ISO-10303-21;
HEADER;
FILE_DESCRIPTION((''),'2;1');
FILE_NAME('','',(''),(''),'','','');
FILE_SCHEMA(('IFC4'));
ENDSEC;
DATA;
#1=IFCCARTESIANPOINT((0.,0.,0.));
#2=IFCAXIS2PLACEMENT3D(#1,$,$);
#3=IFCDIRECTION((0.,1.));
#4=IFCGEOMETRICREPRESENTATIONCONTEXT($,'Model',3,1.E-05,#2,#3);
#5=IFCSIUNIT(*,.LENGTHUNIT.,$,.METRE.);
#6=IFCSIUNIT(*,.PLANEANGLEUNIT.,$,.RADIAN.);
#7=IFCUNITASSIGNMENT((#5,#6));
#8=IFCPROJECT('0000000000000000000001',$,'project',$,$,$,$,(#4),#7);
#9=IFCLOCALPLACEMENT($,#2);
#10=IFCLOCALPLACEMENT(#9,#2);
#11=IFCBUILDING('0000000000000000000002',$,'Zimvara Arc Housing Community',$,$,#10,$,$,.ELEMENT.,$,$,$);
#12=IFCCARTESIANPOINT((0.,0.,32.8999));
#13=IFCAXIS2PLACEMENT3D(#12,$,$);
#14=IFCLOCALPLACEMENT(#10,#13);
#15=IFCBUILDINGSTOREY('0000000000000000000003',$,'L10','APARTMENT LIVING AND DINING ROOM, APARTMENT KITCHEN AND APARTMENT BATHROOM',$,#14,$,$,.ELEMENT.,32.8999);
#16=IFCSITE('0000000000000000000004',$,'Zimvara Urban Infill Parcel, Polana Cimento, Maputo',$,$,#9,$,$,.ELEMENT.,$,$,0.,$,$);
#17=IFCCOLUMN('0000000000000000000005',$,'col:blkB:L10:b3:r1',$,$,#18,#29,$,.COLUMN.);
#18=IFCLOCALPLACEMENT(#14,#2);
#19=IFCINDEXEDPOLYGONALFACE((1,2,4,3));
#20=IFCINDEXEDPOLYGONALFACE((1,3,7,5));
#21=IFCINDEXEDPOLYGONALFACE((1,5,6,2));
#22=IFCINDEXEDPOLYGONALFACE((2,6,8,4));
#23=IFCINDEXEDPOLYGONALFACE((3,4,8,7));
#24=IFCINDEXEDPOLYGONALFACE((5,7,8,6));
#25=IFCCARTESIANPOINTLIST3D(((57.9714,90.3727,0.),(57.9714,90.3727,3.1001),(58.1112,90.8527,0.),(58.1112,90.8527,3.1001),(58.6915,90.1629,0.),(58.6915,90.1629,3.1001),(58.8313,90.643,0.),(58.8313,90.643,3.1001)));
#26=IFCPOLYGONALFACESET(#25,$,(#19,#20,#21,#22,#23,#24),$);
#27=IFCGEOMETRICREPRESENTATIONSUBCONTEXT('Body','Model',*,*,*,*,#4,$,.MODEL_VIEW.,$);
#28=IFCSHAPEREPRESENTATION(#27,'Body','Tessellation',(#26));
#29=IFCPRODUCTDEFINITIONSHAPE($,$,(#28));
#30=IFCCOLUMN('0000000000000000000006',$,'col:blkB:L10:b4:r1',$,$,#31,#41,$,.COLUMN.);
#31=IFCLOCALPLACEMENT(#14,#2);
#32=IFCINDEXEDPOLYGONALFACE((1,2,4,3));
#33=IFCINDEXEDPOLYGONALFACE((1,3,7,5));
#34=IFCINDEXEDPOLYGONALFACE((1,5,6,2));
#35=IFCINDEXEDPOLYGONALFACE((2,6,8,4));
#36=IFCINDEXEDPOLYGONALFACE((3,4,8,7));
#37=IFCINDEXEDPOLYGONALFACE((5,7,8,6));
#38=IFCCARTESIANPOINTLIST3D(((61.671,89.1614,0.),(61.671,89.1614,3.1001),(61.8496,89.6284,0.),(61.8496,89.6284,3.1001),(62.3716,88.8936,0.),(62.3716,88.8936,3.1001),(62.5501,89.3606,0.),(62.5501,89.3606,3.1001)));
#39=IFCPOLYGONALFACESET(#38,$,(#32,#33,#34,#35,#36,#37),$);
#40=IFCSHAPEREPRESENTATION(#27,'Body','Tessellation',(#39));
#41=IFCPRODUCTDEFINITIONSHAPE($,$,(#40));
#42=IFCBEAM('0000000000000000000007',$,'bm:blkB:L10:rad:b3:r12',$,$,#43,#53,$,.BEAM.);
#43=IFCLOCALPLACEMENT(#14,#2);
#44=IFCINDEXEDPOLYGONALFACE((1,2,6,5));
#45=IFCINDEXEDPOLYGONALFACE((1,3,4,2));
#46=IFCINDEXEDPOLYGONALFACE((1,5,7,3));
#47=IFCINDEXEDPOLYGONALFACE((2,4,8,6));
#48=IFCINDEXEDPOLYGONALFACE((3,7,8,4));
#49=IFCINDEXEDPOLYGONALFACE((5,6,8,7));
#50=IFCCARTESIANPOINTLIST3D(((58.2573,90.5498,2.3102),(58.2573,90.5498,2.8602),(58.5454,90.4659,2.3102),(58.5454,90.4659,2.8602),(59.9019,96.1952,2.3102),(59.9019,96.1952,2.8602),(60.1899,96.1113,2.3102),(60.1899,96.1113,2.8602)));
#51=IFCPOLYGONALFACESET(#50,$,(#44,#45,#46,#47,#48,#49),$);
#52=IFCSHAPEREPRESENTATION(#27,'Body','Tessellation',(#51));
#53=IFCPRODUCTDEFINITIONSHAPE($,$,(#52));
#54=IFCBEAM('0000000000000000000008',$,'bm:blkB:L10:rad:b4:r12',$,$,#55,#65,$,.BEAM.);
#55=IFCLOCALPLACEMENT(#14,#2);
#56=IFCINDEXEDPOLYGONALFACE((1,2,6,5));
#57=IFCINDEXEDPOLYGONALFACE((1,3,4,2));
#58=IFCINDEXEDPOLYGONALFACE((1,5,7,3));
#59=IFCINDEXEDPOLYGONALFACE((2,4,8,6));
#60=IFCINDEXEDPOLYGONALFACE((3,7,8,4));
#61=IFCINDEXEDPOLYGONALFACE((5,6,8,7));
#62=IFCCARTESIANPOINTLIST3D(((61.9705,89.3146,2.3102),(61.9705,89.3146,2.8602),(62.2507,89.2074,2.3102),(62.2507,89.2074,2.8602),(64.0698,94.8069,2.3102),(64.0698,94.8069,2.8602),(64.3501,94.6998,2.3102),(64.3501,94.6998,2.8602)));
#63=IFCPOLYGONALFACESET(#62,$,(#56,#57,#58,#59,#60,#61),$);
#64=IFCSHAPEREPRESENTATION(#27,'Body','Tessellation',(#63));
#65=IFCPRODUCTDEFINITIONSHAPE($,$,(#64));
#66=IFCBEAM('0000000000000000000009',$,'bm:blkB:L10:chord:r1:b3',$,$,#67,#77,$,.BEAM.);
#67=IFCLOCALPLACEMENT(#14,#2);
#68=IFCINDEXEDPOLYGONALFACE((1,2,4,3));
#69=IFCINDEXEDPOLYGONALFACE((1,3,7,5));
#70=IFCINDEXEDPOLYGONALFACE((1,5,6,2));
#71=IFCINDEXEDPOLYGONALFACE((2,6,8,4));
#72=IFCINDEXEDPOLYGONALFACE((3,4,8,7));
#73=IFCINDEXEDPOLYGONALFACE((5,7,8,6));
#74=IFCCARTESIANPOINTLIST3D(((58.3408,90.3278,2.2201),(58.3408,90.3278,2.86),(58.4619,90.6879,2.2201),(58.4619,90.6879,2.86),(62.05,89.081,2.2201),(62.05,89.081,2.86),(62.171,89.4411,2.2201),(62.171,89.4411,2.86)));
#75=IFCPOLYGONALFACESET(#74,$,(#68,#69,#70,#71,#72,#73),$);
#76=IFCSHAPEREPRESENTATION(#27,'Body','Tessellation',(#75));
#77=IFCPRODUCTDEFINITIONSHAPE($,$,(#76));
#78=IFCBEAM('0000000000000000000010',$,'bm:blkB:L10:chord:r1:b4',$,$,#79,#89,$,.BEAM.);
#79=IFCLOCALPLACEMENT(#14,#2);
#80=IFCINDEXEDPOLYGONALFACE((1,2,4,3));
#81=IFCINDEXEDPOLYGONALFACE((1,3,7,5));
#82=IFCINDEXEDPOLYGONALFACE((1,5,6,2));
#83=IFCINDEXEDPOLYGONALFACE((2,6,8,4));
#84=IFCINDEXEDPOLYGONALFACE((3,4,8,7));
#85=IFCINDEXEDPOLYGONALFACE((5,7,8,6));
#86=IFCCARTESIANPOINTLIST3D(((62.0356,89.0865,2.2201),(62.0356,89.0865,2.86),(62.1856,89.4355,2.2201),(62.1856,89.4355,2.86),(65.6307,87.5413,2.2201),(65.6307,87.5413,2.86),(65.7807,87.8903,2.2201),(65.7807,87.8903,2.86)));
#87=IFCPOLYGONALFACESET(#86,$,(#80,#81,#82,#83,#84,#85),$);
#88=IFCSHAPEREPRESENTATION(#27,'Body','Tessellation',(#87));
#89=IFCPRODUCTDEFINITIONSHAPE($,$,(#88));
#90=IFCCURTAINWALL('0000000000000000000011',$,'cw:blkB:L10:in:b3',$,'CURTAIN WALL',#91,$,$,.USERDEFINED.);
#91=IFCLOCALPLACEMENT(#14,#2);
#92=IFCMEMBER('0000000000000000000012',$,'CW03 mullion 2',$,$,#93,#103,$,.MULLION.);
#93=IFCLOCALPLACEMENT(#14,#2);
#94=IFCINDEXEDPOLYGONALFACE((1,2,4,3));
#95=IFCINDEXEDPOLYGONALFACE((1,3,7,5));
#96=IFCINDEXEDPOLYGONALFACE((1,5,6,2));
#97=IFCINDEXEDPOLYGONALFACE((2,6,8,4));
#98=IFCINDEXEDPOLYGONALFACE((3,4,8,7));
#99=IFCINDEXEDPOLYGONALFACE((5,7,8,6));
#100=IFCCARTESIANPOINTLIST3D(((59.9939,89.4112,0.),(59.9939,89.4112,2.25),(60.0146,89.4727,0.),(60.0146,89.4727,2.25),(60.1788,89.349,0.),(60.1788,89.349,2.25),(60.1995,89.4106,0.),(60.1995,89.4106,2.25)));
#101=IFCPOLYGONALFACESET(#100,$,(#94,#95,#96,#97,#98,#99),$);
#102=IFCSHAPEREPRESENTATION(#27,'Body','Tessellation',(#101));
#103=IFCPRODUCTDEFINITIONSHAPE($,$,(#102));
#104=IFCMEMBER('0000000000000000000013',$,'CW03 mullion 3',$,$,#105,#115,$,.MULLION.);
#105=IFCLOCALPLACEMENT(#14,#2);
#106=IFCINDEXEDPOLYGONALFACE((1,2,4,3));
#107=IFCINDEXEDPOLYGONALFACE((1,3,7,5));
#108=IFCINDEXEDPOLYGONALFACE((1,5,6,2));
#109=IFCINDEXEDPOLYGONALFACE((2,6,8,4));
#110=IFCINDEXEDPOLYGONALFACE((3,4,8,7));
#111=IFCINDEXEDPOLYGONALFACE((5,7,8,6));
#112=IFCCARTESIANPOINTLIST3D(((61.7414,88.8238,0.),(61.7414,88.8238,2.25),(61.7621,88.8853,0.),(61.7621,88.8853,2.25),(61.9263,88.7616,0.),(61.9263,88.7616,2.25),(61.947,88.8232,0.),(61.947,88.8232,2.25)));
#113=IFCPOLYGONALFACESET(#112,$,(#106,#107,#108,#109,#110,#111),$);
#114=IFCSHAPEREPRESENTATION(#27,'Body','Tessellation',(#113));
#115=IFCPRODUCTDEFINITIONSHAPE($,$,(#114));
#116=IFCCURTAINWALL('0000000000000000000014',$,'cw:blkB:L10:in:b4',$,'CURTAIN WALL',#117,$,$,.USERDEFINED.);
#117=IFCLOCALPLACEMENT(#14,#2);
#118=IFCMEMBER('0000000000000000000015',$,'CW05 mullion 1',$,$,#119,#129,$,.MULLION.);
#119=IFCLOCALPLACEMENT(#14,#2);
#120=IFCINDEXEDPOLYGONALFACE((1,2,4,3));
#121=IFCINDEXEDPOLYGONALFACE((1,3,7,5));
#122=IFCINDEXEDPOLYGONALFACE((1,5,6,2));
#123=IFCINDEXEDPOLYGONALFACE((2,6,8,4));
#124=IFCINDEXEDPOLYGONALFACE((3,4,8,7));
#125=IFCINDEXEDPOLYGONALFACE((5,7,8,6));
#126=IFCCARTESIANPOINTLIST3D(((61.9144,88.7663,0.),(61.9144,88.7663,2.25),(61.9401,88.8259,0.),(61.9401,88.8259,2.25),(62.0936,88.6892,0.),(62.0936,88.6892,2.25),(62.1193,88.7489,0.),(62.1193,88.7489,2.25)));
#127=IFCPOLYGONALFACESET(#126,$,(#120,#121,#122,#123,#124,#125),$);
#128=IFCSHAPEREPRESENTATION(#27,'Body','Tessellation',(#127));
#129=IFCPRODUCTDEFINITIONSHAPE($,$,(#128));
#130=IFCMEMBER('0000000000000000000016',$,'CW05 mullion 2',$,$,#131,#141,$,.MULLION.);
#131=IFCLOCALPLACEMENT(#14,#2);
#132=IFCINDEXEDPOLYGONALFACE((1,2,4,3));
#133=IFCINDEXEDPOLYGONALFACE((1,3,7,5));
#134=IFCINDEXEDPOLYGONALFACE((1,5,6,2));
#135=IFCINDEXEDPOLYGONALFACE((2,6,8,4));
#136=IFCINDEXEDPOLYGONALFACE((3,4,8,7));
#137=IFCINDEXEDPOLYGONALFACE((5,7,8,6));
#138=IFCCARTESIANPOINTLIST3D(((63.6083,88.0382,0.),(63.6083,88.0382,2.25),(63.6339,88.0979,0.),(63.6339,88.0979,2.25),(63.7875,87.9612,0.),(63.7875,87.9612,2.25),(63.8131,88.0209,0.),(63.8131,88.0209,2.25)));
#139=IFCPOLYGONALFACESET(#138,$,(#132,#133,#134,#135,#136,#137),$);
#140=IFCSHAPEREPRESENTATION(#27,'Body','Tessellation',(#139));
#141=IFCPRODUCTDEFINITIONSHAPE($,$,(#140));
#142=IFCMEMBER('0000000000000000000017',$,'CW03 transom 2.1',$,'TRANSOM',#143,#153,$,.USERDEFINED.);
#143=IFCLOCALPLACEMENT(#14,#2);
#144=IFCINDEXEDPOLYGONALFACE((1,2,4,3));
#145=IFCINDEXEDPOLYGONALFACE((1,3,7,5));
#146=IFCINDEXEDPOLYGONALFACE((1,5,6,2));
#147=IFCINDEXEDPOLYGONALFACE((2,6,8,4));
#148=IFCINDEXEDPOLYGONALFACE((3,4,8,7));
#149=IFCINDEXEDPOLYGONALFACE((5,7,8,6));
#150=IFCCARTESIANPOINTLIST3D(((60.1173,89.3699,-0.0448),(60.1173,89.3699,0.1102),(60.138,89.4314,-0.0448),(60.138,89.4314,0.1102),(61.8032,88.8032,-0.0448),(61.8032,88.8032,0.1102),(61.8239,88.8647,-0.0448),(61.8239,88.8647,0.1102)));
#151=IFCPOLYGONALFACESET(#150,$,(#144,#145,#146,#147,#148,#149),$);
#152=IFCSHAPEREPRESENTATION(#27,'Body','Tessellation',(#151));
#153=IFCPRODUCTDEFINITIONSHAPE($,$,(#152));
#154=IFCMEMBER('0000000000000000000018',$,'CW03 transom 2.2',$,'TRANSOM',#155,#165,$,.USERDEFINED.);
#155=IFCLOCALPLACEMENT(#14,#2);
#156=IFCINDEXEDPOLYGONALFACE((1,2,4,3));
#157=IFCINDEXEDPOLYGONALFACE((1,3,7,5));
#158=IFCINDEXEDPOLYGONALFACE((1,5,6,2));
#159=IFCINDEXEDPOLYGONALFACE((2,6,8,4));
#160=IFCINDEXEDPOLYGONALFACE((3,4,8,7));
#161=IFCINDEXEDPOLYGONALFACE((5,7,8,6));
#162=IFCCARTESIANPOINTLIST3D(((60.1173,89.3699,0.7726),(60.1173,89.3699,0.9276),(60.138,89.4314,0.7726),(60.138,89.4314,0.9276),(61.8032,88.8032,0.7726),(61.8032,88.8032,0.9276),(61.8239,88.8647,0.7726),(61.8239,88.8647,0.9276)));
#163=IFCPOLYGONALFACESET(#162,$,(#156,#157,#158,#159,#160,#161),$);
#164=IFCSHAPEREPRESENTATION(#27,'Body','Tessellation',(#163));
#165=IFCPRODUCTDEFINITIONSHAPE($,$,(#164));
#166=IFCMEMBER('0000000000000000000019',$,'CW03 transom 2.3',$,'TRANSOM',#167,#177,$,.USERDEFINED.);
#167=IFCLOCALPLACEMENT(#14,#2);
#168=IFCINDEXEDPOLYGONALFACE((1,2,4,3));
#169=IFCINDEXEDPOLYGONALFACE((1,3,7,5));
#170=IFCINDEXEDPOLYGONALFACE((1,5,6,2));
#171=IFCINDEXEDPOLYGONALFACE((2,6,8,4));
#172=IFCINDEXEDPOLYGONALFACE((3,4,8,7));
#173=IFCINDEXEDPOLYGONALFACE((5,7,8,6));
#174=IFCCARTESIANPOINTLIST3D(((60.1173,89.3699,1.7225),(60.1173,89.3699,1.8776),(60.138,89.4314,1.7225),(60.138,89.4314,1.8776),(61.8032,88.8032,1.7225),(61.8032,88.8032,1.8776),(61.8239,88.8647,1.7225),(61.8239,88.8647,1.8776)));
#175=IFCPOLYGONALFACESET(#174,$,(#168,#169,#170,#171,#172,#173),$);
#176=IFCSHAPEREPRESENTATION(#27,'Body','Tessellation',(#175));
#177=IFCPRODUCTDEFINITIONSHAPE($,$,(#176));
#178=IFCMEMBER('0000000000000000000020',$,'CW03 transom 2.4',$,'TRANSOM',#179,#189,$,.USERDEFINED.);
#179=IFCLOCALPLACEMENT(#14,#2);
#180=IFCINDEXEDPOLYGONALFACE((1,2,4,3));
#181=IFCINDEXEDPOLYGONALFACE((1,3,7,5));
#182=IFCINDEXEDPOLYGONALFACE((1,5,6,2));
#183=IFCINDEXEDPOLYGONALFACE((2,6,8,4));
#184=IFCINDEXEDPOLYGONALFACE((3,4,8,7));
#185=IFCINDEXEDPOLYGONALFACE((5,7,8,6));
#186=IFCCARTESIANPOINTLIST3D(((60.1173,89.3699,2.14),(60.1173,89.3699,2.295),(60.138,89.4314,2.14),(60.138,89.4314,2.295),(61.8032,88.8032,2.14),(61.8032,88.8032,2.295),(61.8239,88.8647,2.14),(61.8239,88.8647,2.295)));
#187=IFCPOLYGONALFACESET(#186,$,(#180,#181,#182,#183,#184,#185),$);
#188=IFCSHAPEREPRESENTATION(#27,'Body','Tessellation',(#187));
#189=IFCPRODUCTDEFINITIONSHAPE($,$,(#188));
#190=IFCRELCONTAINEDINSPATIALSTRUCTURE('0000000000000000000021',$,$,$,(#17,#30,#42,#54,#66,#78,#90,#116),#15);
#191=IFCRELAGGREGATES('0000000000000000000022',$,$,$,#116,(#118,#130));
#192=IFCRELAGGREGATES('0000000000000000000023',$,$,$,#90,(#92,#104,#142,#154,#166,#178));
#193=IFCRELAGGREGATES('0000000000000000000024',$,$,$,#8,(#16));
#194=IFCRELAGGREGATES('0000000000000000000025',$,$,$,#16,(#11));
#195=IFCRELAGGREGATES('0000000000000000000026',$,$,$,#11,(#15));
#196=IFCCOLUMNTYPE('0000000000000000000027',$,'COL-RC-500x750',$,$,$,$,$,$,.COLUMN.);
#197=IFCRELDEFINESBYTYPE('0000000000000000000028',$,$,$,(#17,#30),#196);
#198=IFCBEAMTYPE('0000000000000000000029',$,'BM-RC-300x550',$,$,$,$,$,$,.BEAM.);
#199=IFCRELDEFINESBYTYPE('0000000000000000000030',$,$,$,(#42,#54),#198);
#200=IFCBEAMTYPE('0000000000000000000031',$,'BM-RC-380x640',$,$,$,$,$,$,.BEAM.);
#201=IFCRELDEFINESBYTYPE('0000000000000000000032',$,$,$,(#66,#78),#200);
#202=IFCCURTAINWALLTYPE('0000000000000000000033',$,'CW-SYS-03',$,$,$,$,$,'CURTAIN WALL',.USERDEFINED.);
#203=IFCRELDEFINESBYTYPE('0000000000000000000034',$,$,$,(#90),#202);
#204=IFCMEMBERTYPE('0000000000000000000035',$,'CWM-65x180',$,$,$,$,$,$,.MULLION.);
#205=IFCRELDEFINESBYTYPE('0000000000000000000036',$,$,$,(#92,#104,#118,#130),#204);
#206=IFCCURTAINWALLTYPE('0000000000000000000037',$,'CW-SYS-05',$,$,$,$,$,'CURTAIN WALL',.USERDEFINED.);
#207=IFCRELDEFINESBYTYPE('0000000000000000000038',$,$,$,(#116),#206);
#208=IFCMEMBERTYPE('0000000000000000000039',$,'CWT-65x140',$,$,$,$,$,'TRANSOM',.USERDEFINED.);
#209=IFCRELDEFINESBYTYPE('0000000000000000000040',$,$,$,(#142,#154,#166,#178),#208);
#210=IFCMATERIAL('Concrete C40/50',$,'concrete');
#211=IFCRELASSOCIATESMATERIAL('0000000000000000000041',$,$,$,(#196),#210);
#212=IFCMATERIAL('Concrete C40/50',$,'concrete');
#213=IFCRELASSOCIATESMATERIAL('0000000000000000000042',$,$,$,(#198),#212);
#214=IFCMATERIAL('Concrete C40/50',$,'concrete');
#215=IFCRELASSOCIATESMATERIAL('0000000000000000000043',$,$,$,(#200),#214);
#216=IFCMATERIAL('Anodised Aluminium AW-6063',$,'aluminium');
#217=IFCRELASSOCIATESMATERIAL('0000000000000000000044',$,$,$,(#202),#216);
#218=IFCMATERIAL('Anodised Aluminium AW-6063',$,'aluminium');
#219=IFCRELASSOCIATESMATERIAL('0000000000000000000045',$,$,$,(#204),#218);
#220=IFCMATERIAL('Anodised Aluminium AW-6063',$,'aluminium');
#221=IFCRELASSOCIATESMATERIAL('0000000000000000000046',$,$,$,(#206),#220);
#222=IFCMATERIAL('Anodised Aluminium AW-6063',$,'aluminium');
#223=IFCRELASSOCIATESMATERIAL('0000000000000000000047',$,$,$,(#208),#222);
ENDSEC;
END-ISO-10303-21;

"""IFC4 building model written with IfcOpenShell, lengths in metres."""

from ifc_helpers import new_model, si_unit, direction, frame, origin, origin_2d, place, context, subcontext, project, spatial, rectangle, extrude, material, material_profile, profile_set, type_object, element, aggregate, save


model = new_model("IFC4")

# Units and contexts
model_context = context("Model", 3, precision=1e-05, world=origin(), true_north=direction((0.0, 1.0)))
body_context = subcontext(model_context, "Body", "Model", "MODEL_VIEW")
ifc_project = project(units=[si_unit("LENGTHUNIT", "METRE"), si_unit("PLANEANGLEUNIT", "RADIAN")], contexts=[model_context])

# Site, building, storey
site_placement = place(None, origin())
site = spatial("IfcSite", under=ifc_project, at=site_placement, Name="Zimvara Urban Infill Parcel, Polana Cimento, Maputo", CompositionType="ELEMENT", RefElevation=0.0)
building_placement = place(site_placement, origin())
building = spatial("IfcBuilding", under=site, at=building_placement, Name="Zimvara Arc Housing Community", CompositionType="ELEMENT")
storey_placement = place(building_placement, frame((0.0, 0.0, 32.8999)))
storey = spatial("IfcBuildingStorey", under=building, at=storey_placement, Name="L10", Description="APARTMENT LIVING AND DINING ROOM, APARTMENT KITCHEN AND APARTMENT BATHROOM", CompositionType="ELEMENT", Elevation=32.8999)

# Columns
ifc_material_1 = material(Name="Concrete C40/50", Category="concrete")
ifc_material_profile_1 = material_profile(ifc_material_1, rectangle(XDim=0.5, YDim=0.75, at=origin_2d()), Name="RC 500x750")
ifc_profile_set_1 = profile_set([ifc_material_profile_1], Name="Concrete C40/50")
column_type = type_object("IfcColumnType", Name="COL-RC-500x750", PredefinedType="COLUMN", material=ifc_profile_set_1)
for number, where, z_axis, x_axis, name in (
    (1, (58.4014, 90.5078, 0.0), (0.0, 0.0, 1.0), (0.279661, 0.960099, 0.0), "col:blkB:L10:b3:r1"),
    (2, (62.1106, 89.261, 0.0), (0.0, 0.0, 1.0), (0.357064, 0.93408, 0.0), "col:blkB:L10:b4:r1"),
):
    element("IfcColumn", number, at=place(storey_placement, frame(where, z_axis=z_axis, x_axis=x_axis)), inside=storey, type_object=column_type, Name=name, PredefinedType="COLUMN", context=body_context, shape_type="SweptSolid", body=[
        extrude(rectangle(XDim=0.5, YDim=0.75, at=origin_2d()), origin(), (0.0, 0.0, 1.0), 3.1001),
    ])

# Beams
ifc_material_2 = material(Name="Concrete C40/50", Category="concrete")
ifc_material_profile_2 = material_profile(ifc_material_2, rectangle(XDim=0.3, YDim=0.55, at=origin_2d()), Name="RC 300x550")
ifc_profile_set_2 = profile_set([ifc_material_profile_2], Name="Concrete C40/50")
beam_type_1 = type_object("IfcBeamType", Name="BM-RC-300x550", PredefinedType="BEAM", material=ifc_profile_set_2)
beam_1_placement = place(storey_placement, frame((58.4014, 90.5078, 2.5852), z_axis=(0.279675, 0.960095, 0.0), x_axis=(-0.960095, 0.279675, 0.0)))
element("IfcBeam", 3, at=beam_1_placement, inside=storey, type_object=beam_type_1, Name="bm:blkB:L10:rad:b3:r12", PredefinedType="BEAM", context=body_context, shape_type="SweptSolid", body=[
    extrude(rectangle(XDim=0.3, YDim=0.55, at=origin_2d()), origin(), (0.0, 0.0, 1.0), 5.8801),
])
beam_2_placement = place(storey_placement, frame((62.1106, 89.261, 2.5852), z_axis=(0.357036, 0.934091, 0.0), x_axis=(-0.934091, 0.357036, 0.0)))
element("IfcBeam", 4, at=beam_2_placement, inside=storey, type_object=beam_type_1, Name="bm:blkB:L10:rad:b4:r12", PredefinedType="BEAM", context=body_context, shape_type="SweptSolid", body=[
    extrude(rectangle(XDim=0.3, YDim=0.55, at=origin_2d()), origin(), (0.0, 0.0, 1.0), 5.8799),
])
ifc_material_3 = material(Name="Concrete C40/50", Category="concrete")
ifc_material_profile_3 = material_profile(ifc_material_3, rectangle(XDim=0.3799, YDim=0.6399, at=origin_2d()), Name="RC 380x640")
ifc_profile_set_3 = profile_set([ifc_material_profile_3], Name="Concrete C40/50")
beam_type_2 = type_object("IfcBeamType", Name="BM-RC-380x640", PredefinedType="BEAM", material=ifc_profile_set_3)
for number, where, z_axis, x_axis, name in (
    (5, (58.4014, 90.5078, 2.54), (0.947882, -0.318623, 0.0), (0.318623, 0.947882, 0.0), "bm:blkB:L10:chord:r1:b3"),
    (6, (62.1106, 89.261, 2.54), (0.918731, -0.394883, 0.0), (0.394883, 0.918731, 0.0), "bm:blkB:L10:chord:r1:b4"),
):
    element("IfcBeam", number, at=place(storey_placement, frame(where, z_axis=z_axis, x_axis=x_axis)), inside=storey, type_object=beam_type_2, Name=name, PredefinedType="BEAM", context=body_context, shape_type="SweptSolid", body=[
        extrude(rectangle(XDim=0.3799, YDim=0.6399, at=origin_2d()), origin(), (0.0, 0.0, 1.0), 3.9131),
    ])

# Curtain walls, members
ifc_material_4 = material(Name="Anodised Aluminium AW-6063", Category="aluminium")
curtain_wall_type_1 = type_object("IfcCurtainWallType", Name="CW-SYS-03", ElementType="CURTAIN WALL", PredefinedType="USERDEFINED", material=ifc_material_4)
curtain_wall_1_placement = place(storey_placement, origin())
curtain_wall_1 = element("IfcCurtainWall", 7, at=curtain_wall_1_placement, inside=storey, type_object=curtain_wall_type_1, Name="cw:blkB:L10:in:b3", ObjectType="CURTAIN WALL", PredefinedType="USERDEFINED")
ifc_material_5 = material(Name="Anodised Aluminium AW-6063", Category="aluminium")
ifc_material_profile_4 = material_profile(ifc_material_5, rectangle(XDim=0.0649, YDim=0.1951, at=origin_2d()), Name="ALU 65x195")
ifc_profile_set_4 = profile_set([ifc_material_profile_4], Name="Anodised Aluminium AW-6063")
member_type_1 = type_object("IfcMemberType", Name="CWM-65x180", PredefinedType="MULLION", material=ifc_profile_set_4)
member_1_placement = place(storey_placement, frame((60.0967, 89.4109, 0.0), z_axis=(0.0, 0.0, 1.0), x_axis=(0.318627, 0.94788, 0.0)))
member_1 = element("IfcMember", 8, at=member_1_placement, type_object=member_type_1, Name="CW03 mullion 2", PredefinedType="MULLION", context=body_context, shape_type="SweptSolid", body=[
    extrude(rectangle(XDim=0.0649, YDim=0.1951, at=origin_2d()), origin(), (0.0, 0.0, 1.0), 2.25),
])
member_2_placement = place(storey_placement, frame((61.8442, 88.8235, 0.0), z_axis=(0.0, 0.0, 1.0), x_axis=(0.318627, 0.94788, 0.0)))
member_2 = element("IfcMember", 9, at=member_2_placement, type_object=member_type_1, Name="CW03 mullion 3", PredefinedType="MULLION", context=body_context, shape_type="SweptSolid", body=[
    extrude(rectangle(XDim=0.0649, YDim=0.1951, at=origin_2d()), origin(), (0.0, 0.0, 1.0), 2.25),
])
ifc_material_6 = material(Name="Anodised Aluminium AW-6063", Category="aluminium")
curtain_wall_type_2 = type_object("IfcCurtainWallType", Name="CW-SYS-05", ElementType="CURTAIN WALL", PredefinedType="USERDEFINED", material=ifc_material_6)
curtain_wall_2_placement = place(storey_placement, origin())
curtain_wall_2 = element("IfcCurtainWall", 10, at=curtain_wall_2_placement, inside=storey, type_object=curtain_wall_type_2, Name="cw:blkB:L10:in:b4", ObjectType="CURTAIN WALL", PredefinedType="USERDEFINED")
member_3_placement = place(storey_placement, frame((62.0168, 88.7576, 0.0), z_axis=(0.0, 0.0, 1.0), x_axis=(0.394904, 0.918722, 0.0)))
member_3 = element("IfcMember", 11, at=member_3_placement, type_object=member_type_1, Name="CW05 mullion 1", PredefinedType="MULLION", context=body_context, shape_type="SweptSolid", body=[
    extrude(rectangle(XDim=0.0649, YDim=0.1951, at=origin_2d()), origin(), (0.0, 0.0, 1.0), 2.25),
])
member_4_placement = place(storey_placement, frame((63.7107, 88.0295, 0.0), z_axis=(0.0, 0.0, 1.0), x_axis=(0.394904, 0.918722, 0.0)))
member_4 = element("IfcMember", 12, at=member_4_placement, type_object=member_type_1, Name="CW05 mullion 2", PredefinedType="MULLION", context=body_context, shape_type="SweptSolid", body=[
    extrude(rectangle(XDim=0.0649, YDim=0.1951, at=origin_2d()), origin(), (0.0, 0.0, 1.0), 2.25),
])

# Members
ifc_material_7 = material(Name="Anodised Aluminium AW-6063", Category="aluminium")
ifc_material_profile_5 = material_profile(ifc_material_7, rectangle(XDim=0.0649, YDim=0.155, at=origin_2d()), Name="ALU 65x155")
ifc_profile_set_5 = profile_set([ifc_material_profile_5], Name="Anodised Aluminium AW-6063")
member_type_2 = type_object("IfcMemberType", Name="CWT-65x140", ElementType="TRANSOM", PredefinedType="USERDEFINED", material=ifc_profile_set_5)
member_5_placement = place(storey_placement, frame((60.1277, 89.4006, 0.0327), z_axis=(0.947884, -0.318615, 0.0), x_axis=(0.318615, 0.947884, 0.0)))
member_5 = element("IfcMember", 13, at=member_5_placement, type_object=member_type_2, Name="CW03 transom 2.1", ObjectType="TRANSOM", PredefinedType="USERDEFINED", context=body_context, shape_type="SweptSolid", body=[
    extrude(rectangle(XDim=0.0649, YDim=0.155, at=origin_2d()), origin(), (0.0, 0.0, 1.0), 1.7786),
])
member_6_placement = place(storey_placement, frame((60.1277, 89.4006, 0.8501), z_axis=(0.947884, -0.318615, 0.0), x_axis=(0.318615, 0.947884, 0.0)))
member_6 = element("IfcMember", 14, at=member_6_placement, type_object=member_type_2, Name="CW03 transom 2.2", ObjectType="TRANSOM", PredefinedType="USERDEFINED", context=body_context, shape_type="SweptSolid", body=[
    extrude(rectangle(XDim=0.0649, YDim=0.155, at=origin_2d()), origin(), (0.0, 0.0, 1.0), 1.7786),
])
member_7_placement = place(storey_placement, frame((60.1277, 89.4006, 1.8), z_axis=(0.947884, -0.318615, 0.0), x_axis=(0.318615, 0.947884, 0.0)))
member_7 = element("IfcMember", 15, at=member_7_placement, type_object=member_type_2, Name="CW03 transom 2.3", ObjectType="TRANSOM", PredefinedType="USERDEFINED", context=body_context, shape_type="SweptSolid", body=[
    extrude(rectangle(XDim=0.0649, YDim=0.155, at=origin_2d()), origin(), (0.0, 0.0, 1.0), 1.7786),
])
member_8_placement = place(storey_placement, frame((60.1277, 89.4006, 2.2175), z_axis=(0.947884, -0.318615, 0.0), x_axis=(0.318615, 0.947884, 0.0)))
member_8 = element("IfcMember", 16, at=member_8_placement, type_object=member_type_2, Name="CW03 transom 2.4", ObjectType="TRANSOM", PredefinedType="USERDEFINED", context=body_context, shape_type="SweptSolid", body=[
    extrude(rectangle(XDim=0.0649, YDim=0.155, at=origin_2d()), origin(), (0.0, 0.0, 1.0), 1.7786),
])

aggregate(curtain_wall_2, [member_3, member_4])
aggregate(curtain_wall_1, [member_1, member_2, member_5, member_6, member_7, member_8])

save(model, "model.ifc")
